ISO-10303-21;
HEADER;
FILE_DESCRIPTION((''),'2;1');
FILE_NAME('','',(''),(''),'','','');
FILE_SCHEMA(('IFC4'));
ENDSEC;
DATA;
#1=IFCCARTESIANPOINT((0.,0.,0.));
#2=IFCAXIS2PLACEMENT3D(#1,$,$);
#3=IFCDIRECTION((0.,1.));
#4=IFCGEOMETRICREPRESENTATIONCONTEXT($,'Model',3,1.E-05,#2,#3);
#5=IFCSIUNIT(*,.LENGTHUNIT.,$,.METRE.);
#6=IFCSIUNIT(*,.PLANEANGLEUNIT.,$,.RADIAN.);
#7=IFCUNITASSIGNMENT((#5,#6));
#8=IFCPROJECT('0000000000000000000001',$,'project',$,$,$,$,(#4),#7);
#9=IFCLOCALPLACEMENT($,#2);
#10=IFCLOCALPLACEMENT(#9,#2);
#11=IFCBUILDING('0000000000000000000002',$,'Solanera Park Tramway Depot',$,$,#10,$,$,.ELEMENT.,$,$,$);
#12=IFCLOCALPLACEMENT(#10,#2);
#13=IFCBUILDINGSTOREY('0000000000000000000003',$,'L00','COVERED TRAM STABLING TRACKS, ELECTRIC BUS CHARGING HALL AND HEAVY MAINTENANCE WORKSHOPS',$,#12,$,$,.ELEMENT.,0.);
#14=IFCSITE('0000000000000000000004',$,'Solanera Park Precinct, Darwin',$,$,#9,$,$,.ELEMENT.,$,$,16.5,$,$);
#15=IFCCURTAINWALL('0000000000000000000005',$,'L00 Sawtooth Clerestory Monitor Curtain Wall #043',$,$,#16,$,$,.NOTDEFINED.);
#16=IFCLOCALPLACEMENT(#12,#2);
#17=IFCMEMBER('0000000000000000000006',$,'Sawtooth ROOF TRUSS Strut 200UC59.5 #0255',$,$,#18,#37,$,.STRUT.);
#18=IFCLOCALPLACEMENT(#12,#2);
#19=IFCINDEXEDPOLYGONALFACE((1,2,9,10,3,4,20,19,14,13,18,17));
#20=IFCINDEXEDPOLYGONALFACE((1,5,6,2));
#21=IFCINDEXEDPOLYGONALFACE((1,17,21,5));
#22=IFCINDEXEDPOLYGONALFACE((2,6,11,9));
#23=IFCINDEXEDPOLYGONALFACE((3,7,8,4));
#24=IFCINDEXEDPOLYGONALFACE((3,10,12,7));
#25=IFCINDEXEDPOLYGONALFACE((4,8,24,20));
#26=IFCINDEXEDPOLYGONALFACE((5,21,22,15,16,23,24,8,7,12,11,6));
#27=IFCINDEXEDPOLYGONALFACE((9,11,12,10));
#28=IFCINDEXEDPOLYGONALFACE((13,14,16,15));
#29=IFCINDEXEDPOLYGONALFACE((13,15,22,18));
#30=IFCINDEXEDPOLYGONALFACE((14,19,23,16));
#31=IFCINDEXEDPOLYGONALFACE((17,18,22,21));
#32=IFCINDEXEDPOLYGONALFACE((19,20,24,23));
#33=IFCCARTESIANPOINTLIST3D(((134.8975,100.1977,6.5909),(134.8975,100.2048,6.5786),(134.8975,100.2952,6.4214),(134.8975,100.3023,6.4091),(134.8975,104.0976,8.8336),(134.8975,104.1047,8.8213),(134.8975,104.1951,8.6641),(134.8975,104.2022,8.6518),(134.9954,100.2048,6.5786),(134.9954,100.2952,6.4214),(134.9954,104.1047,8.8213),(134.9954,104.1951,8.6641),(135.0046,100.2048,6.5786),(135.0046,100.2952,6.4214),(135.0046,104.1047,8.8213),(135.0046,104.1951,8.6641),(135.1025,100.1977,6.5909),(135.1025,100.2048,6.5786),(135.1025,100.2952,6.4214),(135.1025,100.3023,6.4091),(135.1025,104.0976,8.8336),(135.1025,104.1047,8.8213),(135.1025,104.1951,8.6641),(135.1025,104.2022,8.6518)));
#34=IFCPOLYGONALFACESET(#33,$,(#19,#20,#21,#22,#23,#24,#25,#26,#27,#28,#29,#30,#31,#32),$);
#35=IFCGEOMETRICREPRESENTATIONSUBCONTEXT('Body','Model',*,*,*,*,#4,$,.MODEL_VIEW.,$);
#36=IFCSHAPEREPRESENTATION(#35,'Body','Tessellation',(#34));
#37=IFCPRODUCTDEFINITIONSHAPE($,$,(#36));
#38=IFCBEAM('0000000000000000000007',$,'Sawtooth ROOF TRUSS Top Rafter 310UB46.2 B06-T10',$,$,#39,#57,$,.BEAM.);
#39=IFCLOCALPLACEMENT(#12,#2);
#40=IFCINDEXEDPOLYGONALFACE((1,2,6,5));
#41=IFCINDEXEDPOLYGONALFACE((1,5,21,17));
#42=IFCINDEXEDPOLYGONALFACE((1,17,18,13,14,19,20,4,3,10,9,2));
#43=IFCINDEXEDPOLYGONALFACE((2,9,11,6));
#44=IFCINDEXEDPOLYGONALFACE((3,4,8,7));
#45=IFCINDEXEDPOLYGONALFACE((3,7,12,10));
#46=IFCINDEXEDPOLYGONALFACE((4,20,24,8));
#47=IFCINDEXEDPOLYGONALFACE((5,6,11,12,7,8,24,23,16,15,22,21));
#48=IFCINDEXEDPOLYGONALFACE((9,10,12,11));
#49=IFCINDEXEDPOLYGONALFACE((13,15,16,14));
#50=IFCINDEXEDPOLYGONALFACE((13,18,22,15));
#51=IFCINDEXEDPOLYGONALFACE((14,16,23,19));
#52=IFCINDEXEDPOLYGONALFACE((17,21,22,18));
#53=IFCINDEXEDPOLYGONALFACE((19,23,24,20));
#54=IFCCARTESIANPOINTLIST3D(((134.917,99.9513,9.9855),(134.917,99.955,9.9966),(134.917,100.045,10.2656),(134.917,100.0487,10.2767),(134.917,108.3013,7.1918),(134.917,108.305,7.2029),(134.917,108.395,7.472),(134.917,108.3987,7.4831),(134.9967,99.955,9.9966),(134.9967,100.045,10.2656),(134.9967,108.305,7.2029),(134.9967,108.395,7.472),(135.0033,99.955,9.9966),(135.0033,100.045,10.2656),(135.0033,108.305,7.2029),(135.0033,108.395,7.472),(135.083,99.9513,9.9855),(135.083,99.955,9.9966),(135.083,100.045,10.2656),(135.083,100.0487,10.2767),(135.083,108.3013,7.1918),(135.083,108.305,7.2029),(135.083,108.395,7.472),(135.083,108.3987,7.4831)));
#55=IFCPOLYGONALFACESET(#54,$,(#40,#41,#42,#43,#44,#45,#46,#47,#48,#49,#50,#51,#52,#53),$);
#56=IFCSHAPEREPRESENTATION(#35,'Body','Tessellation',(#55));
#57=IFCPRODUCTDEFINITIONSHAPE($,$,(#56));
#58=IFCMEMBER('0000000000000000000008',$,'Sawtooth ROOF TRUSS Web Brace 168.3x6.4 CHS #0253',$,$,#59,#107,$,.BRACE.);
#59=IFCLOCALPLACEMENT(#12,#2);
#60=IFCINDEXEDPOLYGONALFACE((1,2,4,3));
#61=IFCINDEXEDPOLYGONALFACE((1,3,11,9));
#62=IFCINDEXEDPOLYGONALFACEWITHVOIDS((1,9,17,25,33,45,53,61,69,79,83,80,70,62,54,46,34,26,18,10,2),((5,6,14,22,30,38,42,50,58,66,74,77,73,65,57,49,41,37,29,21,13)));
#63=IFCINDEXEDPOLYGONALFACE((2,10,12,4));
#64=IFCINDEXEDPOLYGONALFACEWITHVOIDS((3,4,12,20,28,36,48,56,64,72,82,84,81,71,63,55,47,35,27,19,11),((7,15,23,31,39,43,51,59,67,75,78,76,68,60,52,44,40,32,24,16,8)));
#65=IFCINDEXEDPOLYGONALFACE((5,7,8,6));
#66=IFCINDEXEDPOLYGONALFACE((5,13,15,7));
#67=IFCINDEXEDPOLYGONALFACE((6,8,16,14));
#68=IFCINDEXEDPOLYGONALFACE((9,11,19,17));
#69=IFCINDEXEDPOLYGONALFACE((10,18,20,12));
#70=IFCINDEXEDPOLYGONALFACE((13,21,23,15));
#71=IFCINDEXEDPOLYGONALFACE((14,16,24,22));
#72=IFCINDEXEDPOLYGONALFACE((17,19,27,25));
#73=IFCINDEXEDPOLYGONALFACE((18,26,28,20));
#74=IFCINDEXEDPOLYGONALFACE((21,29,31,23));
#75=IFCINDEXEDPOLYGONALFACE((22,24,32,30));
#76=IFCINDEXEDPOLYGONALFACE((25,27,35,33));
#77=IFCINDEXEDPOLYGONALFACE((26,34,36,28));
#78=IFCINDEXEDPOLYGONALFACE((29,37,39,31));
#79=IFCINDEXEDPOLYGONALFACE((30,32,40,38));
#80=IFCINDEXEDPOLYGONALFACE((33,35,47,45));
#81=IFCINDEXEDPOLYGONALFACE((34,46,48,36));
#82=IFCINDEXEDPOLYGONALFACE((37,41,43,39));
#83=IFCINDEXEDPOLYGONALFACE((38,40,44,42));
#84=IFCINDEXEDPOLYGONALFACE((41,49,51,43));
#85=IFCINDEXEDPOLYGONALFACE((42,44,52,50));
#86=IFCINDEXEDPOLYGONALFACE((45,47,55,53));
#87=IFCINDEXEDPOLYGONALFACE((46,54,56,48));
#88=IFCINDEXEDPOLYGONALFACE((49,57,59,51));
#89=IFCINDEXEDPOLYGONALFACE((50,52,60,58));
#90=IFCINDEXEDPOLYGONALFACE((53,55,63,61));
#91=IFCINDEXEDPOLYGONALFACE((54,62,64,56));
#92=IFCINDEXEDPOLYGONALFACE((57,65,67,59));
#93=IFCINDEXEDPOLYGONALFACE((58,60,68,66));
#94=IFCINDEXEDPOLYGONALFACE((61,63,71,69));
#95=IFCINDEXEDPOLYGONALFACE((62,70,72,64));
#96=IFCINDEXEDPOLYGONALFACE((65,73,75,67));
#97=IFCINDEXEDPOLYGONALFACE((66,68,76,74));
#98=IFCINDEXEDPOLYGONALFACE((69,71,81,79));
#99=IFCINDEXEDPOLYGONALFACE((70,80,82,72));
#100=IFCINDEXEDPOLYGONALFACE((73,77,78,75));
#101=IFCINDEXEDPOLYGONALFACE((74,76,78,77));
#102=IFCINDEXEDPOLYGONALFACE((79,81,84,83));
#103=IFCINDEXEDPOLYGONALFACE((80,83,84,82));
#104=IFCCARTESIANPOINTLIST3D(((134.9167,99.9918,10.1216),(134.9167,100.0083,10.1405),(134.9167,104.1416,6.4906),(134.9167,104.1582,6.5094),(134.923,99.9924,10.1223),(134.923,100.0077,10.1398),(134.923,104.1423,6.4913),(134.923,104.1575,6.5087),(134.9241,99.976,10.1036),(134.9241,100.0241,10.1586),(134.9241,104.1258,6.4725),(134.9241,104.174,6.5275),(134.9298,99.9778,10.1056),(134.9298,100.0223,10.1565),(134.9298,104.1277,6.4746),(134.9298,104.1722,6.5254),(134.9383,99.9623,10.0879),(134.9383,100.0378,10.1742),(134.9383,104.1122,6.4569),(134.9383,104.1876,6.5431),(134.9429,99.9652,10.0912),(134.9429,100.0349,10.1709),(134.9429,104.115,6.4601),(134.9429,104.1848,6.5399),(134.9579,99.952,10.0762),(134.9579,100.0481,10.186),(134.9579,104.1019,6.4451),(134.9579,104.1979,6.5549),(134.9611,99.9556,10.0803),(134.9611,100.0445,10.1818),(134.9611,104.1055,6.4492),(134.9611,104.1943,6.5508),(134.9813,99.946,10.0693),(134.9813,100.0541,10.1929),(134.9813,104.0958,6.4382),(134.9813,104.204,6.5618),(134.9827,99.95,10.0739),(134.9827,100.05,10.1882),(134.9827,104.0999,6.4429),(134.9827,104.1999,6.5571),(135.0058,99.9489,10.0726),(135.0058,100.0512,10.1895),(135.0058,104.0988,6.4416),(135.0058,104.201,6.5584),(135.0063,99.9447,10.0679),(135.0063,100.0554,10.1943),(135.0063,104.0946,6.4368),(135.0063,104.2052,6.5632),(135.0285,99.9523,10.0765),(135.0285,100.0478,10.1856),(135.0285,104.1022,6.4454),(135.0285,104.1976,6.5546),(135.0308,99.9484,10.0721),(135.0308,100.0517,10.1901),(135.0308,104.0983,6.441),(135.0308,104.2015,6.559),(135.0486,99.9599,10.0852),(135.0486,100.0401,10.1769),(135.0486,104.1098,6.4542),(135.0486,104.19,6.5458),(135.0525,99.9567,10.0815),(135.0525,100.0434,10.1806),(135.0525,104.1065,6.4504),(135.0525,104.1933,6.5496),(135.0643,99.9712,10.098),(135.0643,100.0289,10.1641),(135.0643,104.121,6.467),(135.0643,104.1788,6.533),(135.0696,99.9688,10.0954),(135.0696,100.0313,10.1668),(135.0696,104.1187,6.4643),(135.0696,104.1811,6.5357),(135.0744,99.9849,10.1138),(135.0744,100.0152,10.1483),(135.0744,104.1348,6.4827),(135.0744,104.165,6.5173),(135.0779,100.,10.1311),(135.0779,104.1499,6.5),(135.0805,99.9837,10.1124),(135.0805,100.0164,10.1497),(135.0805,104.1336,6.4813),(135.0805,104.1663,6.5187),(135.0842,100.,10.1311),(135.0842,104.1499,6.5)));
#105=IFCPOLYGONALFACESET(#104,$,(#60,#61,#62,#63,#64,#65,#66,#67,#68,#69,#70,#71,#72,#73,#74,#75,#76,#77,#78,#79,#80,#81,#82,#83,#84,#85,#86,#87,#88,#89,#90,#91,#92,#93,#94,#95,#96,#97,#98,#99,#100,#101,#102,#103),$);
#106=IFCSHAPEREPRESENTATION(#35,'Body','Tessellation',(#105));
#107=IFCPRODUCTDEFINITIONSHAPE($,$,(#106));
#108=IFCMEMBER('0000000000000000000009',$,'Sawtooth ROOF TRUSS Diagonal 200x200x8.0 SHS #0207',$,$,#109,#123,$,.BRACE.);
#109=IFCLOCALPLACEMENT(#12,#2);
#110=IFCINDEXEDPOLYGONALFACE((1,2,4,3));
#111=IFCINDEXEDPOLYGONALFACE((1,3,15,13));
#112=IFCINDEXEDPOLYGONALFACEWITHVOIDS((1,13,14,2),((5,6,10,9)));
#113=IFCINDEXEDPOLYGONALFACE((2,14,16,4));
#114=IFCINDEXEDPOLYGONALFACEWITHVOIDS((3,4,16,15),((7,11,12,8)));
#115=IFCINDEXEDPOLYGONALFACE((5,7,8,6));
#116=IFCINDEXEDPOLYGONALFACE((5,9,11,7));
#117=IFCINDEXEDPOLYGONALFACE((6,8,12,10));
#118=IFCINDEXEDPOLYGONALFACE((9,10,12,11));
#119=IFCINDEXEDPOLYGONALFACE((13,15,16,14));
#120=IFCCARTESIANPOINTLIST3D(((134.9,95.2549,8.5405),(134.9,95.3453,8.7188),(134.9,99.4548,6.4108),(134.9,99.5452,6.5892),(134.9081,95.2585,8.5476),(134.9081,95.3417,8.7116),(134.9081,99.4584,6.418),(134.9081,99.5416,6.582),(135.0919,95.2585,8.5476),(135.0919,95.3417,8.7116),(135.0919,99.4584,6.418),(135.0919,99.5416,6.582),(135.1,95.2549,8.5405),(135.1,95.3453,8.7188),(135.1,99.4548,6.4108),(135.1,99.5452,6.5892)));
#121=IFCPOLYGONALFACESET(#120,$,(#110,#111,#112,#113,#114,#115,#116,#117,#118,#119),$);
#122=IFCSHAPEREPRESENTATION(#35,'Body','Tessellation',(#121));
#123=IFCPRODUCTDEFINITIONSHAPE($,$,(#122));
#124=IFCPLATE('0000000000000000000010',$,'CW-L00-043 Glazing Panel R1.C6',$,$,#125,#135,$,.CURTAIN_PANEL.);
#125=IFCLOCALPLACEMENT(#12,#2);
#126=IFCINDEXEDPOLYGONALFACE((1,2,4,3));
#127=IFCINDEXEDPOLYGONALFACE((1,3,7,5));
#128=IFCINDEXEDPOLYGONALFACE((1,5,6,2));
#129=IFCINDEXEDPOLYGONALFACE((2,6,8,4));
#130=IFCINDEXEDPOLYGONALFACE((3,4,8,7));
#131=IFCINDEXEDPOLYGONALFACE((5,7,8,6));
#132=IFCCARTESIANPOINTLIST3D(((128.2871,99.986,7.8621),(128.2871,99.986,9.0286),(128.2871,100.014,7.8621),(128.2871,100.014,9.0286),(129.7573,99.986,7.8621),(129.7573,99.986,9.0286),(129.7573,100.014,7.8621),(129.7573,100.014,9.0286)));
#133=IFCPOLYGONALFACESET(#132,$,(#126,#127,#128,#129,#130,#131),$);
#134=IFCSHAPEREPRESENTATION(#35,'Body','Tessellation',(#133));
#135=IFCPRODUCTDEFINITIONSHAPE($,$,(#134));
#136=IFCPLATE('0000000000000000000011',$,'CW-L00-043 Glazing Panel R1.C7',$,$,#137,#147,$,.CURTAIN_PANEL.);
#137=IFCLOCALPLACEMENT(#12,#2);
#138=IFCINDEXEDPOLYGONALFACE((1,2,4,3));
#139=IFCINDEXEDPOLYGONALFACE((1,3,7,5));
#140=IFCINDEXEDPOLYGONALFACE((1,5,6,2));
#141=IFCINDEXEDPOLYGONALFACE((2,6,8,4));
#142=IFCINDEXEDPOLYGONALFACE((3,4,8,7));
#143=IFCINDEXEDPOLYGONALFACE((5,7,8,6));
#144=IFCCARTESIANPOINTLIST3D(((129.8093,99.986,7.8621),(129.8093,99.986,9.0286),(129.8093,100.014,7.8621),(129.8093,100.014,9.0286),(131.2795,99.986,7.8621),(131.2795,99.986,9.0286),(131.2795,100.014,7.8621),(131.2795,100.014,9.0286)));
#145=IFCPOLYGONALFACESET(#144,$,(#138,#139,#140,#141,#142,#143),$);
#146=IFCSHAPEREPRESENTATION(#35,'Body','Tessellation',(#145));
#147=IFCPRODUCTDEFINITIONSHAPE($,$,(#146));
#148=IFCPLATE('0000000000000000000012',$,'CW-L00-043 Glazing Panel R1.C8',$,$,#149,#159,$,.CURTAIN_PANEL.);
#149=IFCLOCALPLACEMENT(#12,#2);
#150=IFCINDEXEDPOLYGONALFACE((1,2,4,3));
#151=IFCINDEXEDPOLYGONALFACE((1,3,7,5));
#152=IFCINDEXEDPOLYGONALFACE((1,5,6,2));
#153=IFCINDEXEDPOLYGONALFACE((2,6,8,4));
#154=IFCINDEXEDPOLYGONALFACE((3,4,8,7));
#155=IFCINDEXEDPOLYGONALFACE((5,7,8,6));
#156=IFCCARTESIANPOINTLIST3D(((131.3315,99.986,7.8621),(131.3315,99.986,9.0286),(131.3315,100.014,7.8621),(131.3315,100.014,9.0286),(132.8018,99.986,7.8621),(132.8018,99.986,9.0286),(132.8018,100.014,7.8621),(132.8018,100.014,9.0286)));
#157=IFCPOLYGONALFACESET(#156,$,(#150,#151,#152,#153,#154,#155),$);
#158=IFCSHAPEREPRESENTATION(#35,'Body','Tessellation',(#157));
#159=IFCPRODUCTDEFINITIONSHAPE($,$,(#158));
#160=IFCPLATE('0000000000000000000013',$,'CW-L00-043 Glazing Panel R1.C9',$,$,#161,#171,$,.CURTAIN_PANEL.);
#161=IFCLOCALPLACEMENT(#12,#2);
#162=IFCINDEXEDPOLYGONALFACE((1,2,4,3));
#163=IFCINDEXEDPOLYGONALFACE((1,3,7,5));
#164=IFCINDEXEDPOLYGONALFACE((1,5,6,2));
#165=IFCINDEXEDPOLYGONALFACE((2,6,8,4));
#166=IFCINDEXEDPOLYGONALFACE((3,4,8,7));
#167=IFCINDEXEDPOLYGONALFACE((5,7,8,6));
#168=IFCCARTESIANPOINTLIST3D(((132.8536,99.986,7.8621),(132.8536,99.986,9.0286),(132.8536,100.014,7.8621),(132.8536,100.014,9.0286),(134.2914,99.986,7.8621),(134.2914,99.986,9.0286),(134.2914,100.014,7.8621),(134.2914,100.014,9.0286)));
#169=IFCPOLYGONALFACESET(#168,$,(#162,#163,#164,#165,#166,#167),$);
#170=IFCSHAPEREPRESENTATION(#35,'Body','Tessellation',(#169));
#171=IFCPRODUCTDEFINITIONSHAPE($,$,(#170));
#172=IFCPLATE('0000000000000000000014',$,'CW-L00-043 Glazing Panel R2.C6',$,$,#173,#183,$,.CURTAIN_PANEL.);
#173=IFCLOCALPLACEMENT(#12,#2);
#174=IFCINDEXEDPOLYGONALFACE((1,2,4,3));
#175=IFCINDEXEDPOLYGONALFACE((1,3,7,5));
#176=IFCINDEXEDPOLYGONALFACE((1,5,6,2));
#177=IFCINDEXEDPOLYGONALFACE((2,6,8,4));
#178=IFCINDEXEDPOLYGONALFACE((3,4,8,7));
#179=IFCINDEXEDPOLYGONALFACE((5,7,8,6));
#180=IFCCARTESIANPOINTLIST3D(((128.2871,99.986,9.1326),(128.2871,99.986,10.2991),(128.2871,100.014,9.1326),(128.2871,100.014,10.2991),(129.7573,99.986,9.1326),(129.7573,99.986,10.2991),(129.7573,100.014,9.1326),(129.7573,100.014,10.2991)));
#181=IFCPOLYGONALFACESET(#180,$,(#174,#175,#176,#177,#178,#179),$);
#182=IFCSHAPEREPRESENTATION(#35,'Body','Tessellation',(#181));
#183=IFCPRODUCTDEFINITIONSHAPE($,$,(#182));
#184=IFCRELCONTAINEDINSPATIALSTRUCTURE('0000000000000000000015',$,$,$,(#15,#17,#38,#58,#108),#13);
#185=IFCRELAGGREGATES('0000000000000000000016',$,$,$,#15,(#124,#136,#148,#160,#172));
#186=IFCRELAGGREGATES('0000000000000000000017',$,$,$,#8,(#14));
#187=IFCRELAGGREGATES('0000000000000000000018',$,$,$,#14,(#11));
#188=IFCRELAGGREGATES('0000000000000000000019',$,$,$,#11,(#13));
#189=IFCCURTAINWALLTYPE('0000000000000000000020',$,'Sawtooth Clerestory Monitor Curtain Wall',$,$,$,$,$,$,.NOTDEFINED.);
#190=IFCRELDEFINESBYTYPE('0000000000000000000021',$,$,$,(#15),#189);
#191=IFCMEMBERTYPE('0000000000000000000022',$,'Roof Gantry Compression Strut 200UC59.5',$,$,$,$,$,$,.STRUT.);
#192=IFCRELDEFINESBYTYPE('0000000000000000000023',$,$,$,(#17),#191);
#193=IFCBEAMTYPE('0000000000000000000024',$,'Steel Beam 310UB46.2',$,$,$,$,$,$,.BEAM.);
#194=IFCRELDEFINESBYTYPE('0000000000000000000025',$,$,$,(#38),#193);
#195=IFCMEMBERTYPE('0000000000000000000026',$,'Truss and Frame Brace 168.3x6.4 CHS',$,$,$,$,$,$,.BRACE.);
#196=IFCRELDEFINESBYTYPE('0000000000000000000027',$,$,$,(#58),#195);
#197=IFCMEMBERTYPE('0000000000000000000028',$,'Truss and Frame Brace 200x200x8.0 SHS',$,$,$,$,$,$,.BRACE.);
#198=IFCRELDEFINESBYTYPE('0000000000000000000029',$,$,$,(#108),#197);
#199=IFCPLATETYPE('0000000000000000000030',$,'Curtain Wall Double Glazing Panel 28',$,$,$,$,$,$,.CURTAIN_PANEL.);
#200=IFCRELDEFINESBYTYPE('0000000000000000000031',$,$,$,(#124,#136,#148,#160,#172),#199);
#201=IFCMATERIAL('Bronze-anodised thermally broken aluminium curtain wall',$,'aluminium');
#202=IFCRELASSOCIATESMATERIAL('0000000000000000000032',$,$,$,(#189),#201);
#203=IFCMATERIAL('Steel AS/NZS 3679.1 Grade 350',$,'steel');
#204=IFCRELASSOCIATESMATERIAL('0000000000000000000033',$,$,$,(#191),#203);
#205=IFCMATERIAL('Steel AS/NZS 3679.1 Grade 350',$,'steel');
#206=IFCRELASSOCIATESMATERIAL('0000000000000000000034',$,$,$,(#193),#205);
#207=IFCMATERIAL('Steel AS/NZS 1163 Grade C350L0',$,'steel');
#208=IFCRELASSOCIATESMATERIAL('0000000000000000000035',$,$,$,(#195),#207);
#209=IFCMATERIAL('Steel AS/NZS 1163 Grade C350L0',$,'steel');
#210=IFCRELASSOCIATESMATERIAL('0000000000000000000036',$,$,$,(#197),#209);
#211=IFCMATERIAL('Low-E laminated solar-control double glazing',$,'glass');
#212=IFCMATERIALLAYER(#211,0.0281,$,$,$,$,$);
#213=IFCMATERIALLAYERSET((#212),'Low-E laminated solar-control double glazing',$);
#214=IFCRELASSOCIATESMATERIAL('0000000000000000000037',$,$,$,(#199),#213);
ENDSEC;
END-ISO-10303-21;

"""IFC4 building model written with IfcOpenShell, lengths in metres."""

from ifc_helpers import new_model, si_unit, direction, frame, origin, origin_2d, place, context, subcontext, project, spatial, rectangle, hollow_rectangle, hollow_circle, i_section, extrude, material, layer, layer_set, material_profile, profile_set, type_object, element, aggregate, save


model = new_model("IFC4")

# Units and contexts
model_context = context("Model", 3, precision=1e-05, world=origin(), true_north=direction((0.0, 1.0)))
body_context = subcontext(model_context, "Body", "Model", "MODEL_VIEW")
ifc_project = project(units=[si_unit("LENGTHUNIT", "METRE"), si_unit("PLANEANGLEUNIT", "RADIAN")], contexts=[model_context])

# Site, building, storey
site_placement = place(None, origin())
site = spatial("IfcSite", under=ifc_project, at=site_placement, Name="Solanera Park Precinct, Darwin", CompositionType="ELEMENT", RefElevation=16.5)
building_placement = place(site_placement, origin())
building = spatial("IfcBuilding", under=site, at=building_placement, Name="Solanera Park Tramway Depot", CompositionType="ELEMENT")
storey_placement = place(building_placement, origin())
storey = spatial("IfcBuildingStorey", under=building, at=storey_placement, Name="L00", Description="COVERED TRAM STABLING TRACKS, ELECTRIC BUS CHARGING HALL AND HEAVY MAINTENANCE WORKSHOPS", CompositionType="ELEMENT", Elevation=0.0)

# Curtain wall
ifc_material_1 = material(Name="Bronze-anodised thermally broken aluminium curtain wall", Category="aluminium")
curtain_wall_type = type_object("IfcCurtainWallType", Name="Sawtooth Clerestory Monitor Curtain Wall", PredefinedType="NOTDEFINED", material=ifc_material_1)
curtain_wall_placement = place(storey_placement, origin())
curtain_wall = element("IfcCurtainWall", 1, at=curtain_wall_placement, inside=storey, type_object=curtain_wall_type, Name="L00 Sawtooth Clerestory Monitor Curtain Wall #043", PredefinedType="NOTDEFINED")

# Member
ifc_material_2 = material(Name="Steel AS/NZS 3679.1 Grade 350", Category="steel")
ifc_material_profile_1 = material_profile(ifc_material_2, i_section(OverallWidth=0.2051, OverallDepth=0.2097, WebThickness=0.0093, FlangeThickness=0.0142, at=origin_2d()), Name="200UC59.5")
ifc_profile_set_1 = profile_set([ifc_material_profile_1], Name="Steel AS/NZS 3679.1 Grade 350")
member_type_1 = type_object("IfcMemberType", Name="Roof Gantry Compression Strut 200UC59.5", PredefinedType="STRUT", material=ifc_profile_set_1)
member_1_placement = place(storey_placement, frame((135.0, 100.25, 6.5), z_axis=(0.0, 0.866884, 0.49851), x_axis=(-1.0, 0.0, 0.0)))
element("IfcMember", 2, at=member_1_placement, inside=storey, type_object=member_type_1, Name="Sawtooth ROOF TRUSS Strut 200UC59.5 #0255", PredefinedType="STRUT", context=body_context, shape_type="SweptSolid", body=[
    extrude(i_section(OverallWidth=0.2051, OverallDepth=0.2097, WebThickness=0.0093, FlangeThickness=0.0142, at=origin_2d()), origin(), (0.0, 0.0, 1.0), 4.4988),
])

# Beam
ifc_material_3 = material(Name="Steel AS/NZS 3679.1 Grade 350", Category="steel")
ifc_material_profile_2 = material_profile(ifc_material_3, i_section(OverallWidth=0.166, OverallDepth=0.3071, WebThickness=0.0066, FlangeThickness=0.0117, at=origin_2d()), Name="310UB46.2")
ifc_profile_set_2 = profile_set([ifc_material_profile_2], Name="Steel AS/NZS 3679.1 Grade 350")
beam_type = type_object("IfcBeamType", Name="Steel Beam 310UB46.2", PredefinedType="BEAM", material=ifc_profile_set_2)
beam_placement = place(storey_placement, frame((135.0, 100.0, 10.1311), z_axis=(0.0, 0.948331, -0.317284), x_axis=(-1.0, 0.0, 0.0)))
element("IfcBeam", 3, at=beam_placement, inside=storey, type_object=beam_type, Name="Sawtooth ROOF TRUSS Top Rafter 310UB46.2 B06-T10", PredefinedType="BEAM", context=body_context, shape_type="SweptSolid", body=[
    extrude(i_section(OverallWidth=0.166, OverallDepth=0.3071, WebThickness=0.0066, FlangeThickness=0.0117, at=origin_2d()), origin(), (0.0, 0.0, 1.0), 8.8049),
])

# Members
ifc_material_4 = material(Name="Steel AS/NZS 1163 Grade C350L0", Category="steel")
ifc_material_profile_3 = material_profile(ifc_material_4, hollow_circle(Radius=0.0842, WallThickness=0.0063, at=origin_2d()), Name="168.3x6.4 CHS")
ifc_profile_set_3 = profile_set([ifc_material_profile_3], Name="Steel AS/NZS 1163 Grade C350L0")
member_type_2 = type_object("IfcMemberType", Name="Truss and Frame Brace 168.3x6.4 CHS", PredefinedType="BRACE", material=ifc_profile_set_3)
member_2_placement = place(storey_placement, frame((135.0, 104.1499, 6.5), z_axis=(0.0, -0.752582, 0.658498), x_axis=(1.0, 0.0, 0.0)))
element("IfcMember", 4, at=member_2_placement, inside=storey, type_object=member_type_2, Name="Sawtooth ROOF TRUSS Web Brace 168.3x6.4 CHS #0253", PredefinedType="BRACE", context=body_context, shape_type="SweptSolid", body=[
    extrude(hollow_circle(Radius=0.0842, WallThickness=0.0063, at=origin_2d()), origin(), (0.0, 0.0, 1.0), 5.5142),
])
ifc_material_5 = material(Name="Steel AS/NZS 1163 Grade C350L0", Category="steel")
ifc_material_profile_4 = material_profile(ifc_material_5, hollow_rectangle(XDim=0.2, YDim=0.2, WallThickness=0.0081, at=origin_2d()), Name="200x200x8.0 SHS")
ifc_profile_set_4 = profile_set([ifc_material_profile_4], Name="Steel AS/NZS 1163 Grade C350L0")
member_type_3 = type_object("IfcMemberType", Name="Truss and Frame Brace 200x200x8.0 SHS", PredefinedType="BRACE", material=ifc_profile_set_4)
member_3_placement = place(storey_placement, frame((135.0, 99.5, 6.5), z_axis=(0.0, -0.891893, 0.452246), x_axis=(1.0, 0.0, 0.0)))
element("IfcMember", 5, at=member_3_placement, inside=storey, type_object=member_type_3, Name="Sawtooth ROOF TRUSS Diagonal 200x200x8.0 SHS #0207", PredefinedType="BRACE", context=body_context, shape_type="SweptSolid", body=[
    extrude(hollow_rectangle(XDim=0.2, YDim=0.2, WallThickness=0.0081, at=origin_2d()), origin(), (0.0, 0.0, 1.0), 4.709),
])

# Plates
ifc_material_6 = material(Name="Low-E laminated solar-control double glazing", Category="glass")
ifc_layer_1 = layer(ifc_material_6, 0.0281)
ifc_layer_set_1 = layer_set([ifc_layer_1], Name="Low-E laminated solar-control double glazing")
plate_type_1 = type_object("IfcPlateType", Name="Curtain Wall Double Glazing Panel 28", PredefinedType="CURTAIN_PANEL", material=ifc_layer_set_1)
plate_1_placement = place(storey_placement, frame((129.0222, 100.0, 7.8621), z_axis=(0.0, 0.0, 1.0), x_axis=(1.0, 0.0, 0.0)))
plate_1 = element("IfcPlate", 6, at=plate_1_placement, type_object=plate_type_1, Name="CW-L00-043 Glazing Panel R1.C6", PredefinedType="CURTAIN_PANEL", context=body_context, shape_type="SweptSolid", body=[
    extrude(rectangle(XDim=1.4702, YDim=0.0281, at=origin_2d()), origin(), (0.0, 0.0, 1.0), 1.1665),
])
plate_2_placement = place(storey_placement, frame((130.5444, 100.0, 7.8621), z_axis=(0.0, 0.0, 1.0), x_axis=(1.0, 0.0, 0.0)))
plate_2 = element("IfcPlate", 7, at=plate_2_placement, type_object=plate_type_1, Name="CW-L00-043 Glazing Panel R1.C7", PredefinedType="CURTAIN_PANEL", context=body_context, shape_type="SweptSolid", body=[
    extrude(rectangle(XDim=1.4702, YDim=0.0281, at=origin_2d()), origin(), (0.0, 0.0, 1.0), 1.1665),
])
plate_3_placement = place(storey_placement, frame((132.0667, 100.0, 7.8621), z_axis=(0.0, 0.0, 1.0), x_axis=(1.0, 0.0, 0.0)))
plate_3 = element("IfcPlate", 8, at=plate_3_placement, type_object=plate_type_1, Name="CW-L00-043 Glazing Panel R1.C8", PredefinedType="CURTAIN_PANEL", context=body_context, shape_type="SweptSolid", body=[
    extrude(rectangle(XDim=1.4702, YDim=0.0281, at=origin_2d()), origin(), (0.0, 0.0, 1.0), 1.1665),
])
plate_4_placement = place(storey_placement, frame((133.5725, 100.0, 7.8621), z_axis=(0.0, 0.0, 1.0), x_axis=(1.0, 0.0, 0.0)))
plate_4 = element("IfcPlate", 9, at=plate_4_placement, type_object=plate_type_1, Name="CW-L00-043 Glazing Panel R1.C9", PredefinedType="CURTAIN_PANEL", context=body_context, shape_type="SweptSolid", body=[
    extrude(rectangle(XDim=1.4377, YDim=0.0281, at=origin_2d()), origin(), (0.0, 0.0, 1.0), 1.1665),
])
plate_5_placement = place(storey_placement, frame((129.0222, 100.0, 9.1326), z_axis=(0.0, 0.0, 1.0), x_axis=(1.0, 0.0, 0.0)))
plate_5 = element("IfcPlate", 10, at=plate_5_placement, type_object=plate_type_1, Name="CW-L00-043 Glazing Panel R2.C6", PredefinedType="CURTAIN_PANEL", context=body_context, shape_type="SweptSolid", body=[
    extrude(rectangle(XDim=1.4702, YDim=0.0281, at=origin_2d()), origin(), (0.0, 0.0, 1.0), 1.1665),
])
aggregate(curtain_wall, [plate_1, plate_2, plate_3, plate_4, plate_5])

save(model, "model.ifc")
